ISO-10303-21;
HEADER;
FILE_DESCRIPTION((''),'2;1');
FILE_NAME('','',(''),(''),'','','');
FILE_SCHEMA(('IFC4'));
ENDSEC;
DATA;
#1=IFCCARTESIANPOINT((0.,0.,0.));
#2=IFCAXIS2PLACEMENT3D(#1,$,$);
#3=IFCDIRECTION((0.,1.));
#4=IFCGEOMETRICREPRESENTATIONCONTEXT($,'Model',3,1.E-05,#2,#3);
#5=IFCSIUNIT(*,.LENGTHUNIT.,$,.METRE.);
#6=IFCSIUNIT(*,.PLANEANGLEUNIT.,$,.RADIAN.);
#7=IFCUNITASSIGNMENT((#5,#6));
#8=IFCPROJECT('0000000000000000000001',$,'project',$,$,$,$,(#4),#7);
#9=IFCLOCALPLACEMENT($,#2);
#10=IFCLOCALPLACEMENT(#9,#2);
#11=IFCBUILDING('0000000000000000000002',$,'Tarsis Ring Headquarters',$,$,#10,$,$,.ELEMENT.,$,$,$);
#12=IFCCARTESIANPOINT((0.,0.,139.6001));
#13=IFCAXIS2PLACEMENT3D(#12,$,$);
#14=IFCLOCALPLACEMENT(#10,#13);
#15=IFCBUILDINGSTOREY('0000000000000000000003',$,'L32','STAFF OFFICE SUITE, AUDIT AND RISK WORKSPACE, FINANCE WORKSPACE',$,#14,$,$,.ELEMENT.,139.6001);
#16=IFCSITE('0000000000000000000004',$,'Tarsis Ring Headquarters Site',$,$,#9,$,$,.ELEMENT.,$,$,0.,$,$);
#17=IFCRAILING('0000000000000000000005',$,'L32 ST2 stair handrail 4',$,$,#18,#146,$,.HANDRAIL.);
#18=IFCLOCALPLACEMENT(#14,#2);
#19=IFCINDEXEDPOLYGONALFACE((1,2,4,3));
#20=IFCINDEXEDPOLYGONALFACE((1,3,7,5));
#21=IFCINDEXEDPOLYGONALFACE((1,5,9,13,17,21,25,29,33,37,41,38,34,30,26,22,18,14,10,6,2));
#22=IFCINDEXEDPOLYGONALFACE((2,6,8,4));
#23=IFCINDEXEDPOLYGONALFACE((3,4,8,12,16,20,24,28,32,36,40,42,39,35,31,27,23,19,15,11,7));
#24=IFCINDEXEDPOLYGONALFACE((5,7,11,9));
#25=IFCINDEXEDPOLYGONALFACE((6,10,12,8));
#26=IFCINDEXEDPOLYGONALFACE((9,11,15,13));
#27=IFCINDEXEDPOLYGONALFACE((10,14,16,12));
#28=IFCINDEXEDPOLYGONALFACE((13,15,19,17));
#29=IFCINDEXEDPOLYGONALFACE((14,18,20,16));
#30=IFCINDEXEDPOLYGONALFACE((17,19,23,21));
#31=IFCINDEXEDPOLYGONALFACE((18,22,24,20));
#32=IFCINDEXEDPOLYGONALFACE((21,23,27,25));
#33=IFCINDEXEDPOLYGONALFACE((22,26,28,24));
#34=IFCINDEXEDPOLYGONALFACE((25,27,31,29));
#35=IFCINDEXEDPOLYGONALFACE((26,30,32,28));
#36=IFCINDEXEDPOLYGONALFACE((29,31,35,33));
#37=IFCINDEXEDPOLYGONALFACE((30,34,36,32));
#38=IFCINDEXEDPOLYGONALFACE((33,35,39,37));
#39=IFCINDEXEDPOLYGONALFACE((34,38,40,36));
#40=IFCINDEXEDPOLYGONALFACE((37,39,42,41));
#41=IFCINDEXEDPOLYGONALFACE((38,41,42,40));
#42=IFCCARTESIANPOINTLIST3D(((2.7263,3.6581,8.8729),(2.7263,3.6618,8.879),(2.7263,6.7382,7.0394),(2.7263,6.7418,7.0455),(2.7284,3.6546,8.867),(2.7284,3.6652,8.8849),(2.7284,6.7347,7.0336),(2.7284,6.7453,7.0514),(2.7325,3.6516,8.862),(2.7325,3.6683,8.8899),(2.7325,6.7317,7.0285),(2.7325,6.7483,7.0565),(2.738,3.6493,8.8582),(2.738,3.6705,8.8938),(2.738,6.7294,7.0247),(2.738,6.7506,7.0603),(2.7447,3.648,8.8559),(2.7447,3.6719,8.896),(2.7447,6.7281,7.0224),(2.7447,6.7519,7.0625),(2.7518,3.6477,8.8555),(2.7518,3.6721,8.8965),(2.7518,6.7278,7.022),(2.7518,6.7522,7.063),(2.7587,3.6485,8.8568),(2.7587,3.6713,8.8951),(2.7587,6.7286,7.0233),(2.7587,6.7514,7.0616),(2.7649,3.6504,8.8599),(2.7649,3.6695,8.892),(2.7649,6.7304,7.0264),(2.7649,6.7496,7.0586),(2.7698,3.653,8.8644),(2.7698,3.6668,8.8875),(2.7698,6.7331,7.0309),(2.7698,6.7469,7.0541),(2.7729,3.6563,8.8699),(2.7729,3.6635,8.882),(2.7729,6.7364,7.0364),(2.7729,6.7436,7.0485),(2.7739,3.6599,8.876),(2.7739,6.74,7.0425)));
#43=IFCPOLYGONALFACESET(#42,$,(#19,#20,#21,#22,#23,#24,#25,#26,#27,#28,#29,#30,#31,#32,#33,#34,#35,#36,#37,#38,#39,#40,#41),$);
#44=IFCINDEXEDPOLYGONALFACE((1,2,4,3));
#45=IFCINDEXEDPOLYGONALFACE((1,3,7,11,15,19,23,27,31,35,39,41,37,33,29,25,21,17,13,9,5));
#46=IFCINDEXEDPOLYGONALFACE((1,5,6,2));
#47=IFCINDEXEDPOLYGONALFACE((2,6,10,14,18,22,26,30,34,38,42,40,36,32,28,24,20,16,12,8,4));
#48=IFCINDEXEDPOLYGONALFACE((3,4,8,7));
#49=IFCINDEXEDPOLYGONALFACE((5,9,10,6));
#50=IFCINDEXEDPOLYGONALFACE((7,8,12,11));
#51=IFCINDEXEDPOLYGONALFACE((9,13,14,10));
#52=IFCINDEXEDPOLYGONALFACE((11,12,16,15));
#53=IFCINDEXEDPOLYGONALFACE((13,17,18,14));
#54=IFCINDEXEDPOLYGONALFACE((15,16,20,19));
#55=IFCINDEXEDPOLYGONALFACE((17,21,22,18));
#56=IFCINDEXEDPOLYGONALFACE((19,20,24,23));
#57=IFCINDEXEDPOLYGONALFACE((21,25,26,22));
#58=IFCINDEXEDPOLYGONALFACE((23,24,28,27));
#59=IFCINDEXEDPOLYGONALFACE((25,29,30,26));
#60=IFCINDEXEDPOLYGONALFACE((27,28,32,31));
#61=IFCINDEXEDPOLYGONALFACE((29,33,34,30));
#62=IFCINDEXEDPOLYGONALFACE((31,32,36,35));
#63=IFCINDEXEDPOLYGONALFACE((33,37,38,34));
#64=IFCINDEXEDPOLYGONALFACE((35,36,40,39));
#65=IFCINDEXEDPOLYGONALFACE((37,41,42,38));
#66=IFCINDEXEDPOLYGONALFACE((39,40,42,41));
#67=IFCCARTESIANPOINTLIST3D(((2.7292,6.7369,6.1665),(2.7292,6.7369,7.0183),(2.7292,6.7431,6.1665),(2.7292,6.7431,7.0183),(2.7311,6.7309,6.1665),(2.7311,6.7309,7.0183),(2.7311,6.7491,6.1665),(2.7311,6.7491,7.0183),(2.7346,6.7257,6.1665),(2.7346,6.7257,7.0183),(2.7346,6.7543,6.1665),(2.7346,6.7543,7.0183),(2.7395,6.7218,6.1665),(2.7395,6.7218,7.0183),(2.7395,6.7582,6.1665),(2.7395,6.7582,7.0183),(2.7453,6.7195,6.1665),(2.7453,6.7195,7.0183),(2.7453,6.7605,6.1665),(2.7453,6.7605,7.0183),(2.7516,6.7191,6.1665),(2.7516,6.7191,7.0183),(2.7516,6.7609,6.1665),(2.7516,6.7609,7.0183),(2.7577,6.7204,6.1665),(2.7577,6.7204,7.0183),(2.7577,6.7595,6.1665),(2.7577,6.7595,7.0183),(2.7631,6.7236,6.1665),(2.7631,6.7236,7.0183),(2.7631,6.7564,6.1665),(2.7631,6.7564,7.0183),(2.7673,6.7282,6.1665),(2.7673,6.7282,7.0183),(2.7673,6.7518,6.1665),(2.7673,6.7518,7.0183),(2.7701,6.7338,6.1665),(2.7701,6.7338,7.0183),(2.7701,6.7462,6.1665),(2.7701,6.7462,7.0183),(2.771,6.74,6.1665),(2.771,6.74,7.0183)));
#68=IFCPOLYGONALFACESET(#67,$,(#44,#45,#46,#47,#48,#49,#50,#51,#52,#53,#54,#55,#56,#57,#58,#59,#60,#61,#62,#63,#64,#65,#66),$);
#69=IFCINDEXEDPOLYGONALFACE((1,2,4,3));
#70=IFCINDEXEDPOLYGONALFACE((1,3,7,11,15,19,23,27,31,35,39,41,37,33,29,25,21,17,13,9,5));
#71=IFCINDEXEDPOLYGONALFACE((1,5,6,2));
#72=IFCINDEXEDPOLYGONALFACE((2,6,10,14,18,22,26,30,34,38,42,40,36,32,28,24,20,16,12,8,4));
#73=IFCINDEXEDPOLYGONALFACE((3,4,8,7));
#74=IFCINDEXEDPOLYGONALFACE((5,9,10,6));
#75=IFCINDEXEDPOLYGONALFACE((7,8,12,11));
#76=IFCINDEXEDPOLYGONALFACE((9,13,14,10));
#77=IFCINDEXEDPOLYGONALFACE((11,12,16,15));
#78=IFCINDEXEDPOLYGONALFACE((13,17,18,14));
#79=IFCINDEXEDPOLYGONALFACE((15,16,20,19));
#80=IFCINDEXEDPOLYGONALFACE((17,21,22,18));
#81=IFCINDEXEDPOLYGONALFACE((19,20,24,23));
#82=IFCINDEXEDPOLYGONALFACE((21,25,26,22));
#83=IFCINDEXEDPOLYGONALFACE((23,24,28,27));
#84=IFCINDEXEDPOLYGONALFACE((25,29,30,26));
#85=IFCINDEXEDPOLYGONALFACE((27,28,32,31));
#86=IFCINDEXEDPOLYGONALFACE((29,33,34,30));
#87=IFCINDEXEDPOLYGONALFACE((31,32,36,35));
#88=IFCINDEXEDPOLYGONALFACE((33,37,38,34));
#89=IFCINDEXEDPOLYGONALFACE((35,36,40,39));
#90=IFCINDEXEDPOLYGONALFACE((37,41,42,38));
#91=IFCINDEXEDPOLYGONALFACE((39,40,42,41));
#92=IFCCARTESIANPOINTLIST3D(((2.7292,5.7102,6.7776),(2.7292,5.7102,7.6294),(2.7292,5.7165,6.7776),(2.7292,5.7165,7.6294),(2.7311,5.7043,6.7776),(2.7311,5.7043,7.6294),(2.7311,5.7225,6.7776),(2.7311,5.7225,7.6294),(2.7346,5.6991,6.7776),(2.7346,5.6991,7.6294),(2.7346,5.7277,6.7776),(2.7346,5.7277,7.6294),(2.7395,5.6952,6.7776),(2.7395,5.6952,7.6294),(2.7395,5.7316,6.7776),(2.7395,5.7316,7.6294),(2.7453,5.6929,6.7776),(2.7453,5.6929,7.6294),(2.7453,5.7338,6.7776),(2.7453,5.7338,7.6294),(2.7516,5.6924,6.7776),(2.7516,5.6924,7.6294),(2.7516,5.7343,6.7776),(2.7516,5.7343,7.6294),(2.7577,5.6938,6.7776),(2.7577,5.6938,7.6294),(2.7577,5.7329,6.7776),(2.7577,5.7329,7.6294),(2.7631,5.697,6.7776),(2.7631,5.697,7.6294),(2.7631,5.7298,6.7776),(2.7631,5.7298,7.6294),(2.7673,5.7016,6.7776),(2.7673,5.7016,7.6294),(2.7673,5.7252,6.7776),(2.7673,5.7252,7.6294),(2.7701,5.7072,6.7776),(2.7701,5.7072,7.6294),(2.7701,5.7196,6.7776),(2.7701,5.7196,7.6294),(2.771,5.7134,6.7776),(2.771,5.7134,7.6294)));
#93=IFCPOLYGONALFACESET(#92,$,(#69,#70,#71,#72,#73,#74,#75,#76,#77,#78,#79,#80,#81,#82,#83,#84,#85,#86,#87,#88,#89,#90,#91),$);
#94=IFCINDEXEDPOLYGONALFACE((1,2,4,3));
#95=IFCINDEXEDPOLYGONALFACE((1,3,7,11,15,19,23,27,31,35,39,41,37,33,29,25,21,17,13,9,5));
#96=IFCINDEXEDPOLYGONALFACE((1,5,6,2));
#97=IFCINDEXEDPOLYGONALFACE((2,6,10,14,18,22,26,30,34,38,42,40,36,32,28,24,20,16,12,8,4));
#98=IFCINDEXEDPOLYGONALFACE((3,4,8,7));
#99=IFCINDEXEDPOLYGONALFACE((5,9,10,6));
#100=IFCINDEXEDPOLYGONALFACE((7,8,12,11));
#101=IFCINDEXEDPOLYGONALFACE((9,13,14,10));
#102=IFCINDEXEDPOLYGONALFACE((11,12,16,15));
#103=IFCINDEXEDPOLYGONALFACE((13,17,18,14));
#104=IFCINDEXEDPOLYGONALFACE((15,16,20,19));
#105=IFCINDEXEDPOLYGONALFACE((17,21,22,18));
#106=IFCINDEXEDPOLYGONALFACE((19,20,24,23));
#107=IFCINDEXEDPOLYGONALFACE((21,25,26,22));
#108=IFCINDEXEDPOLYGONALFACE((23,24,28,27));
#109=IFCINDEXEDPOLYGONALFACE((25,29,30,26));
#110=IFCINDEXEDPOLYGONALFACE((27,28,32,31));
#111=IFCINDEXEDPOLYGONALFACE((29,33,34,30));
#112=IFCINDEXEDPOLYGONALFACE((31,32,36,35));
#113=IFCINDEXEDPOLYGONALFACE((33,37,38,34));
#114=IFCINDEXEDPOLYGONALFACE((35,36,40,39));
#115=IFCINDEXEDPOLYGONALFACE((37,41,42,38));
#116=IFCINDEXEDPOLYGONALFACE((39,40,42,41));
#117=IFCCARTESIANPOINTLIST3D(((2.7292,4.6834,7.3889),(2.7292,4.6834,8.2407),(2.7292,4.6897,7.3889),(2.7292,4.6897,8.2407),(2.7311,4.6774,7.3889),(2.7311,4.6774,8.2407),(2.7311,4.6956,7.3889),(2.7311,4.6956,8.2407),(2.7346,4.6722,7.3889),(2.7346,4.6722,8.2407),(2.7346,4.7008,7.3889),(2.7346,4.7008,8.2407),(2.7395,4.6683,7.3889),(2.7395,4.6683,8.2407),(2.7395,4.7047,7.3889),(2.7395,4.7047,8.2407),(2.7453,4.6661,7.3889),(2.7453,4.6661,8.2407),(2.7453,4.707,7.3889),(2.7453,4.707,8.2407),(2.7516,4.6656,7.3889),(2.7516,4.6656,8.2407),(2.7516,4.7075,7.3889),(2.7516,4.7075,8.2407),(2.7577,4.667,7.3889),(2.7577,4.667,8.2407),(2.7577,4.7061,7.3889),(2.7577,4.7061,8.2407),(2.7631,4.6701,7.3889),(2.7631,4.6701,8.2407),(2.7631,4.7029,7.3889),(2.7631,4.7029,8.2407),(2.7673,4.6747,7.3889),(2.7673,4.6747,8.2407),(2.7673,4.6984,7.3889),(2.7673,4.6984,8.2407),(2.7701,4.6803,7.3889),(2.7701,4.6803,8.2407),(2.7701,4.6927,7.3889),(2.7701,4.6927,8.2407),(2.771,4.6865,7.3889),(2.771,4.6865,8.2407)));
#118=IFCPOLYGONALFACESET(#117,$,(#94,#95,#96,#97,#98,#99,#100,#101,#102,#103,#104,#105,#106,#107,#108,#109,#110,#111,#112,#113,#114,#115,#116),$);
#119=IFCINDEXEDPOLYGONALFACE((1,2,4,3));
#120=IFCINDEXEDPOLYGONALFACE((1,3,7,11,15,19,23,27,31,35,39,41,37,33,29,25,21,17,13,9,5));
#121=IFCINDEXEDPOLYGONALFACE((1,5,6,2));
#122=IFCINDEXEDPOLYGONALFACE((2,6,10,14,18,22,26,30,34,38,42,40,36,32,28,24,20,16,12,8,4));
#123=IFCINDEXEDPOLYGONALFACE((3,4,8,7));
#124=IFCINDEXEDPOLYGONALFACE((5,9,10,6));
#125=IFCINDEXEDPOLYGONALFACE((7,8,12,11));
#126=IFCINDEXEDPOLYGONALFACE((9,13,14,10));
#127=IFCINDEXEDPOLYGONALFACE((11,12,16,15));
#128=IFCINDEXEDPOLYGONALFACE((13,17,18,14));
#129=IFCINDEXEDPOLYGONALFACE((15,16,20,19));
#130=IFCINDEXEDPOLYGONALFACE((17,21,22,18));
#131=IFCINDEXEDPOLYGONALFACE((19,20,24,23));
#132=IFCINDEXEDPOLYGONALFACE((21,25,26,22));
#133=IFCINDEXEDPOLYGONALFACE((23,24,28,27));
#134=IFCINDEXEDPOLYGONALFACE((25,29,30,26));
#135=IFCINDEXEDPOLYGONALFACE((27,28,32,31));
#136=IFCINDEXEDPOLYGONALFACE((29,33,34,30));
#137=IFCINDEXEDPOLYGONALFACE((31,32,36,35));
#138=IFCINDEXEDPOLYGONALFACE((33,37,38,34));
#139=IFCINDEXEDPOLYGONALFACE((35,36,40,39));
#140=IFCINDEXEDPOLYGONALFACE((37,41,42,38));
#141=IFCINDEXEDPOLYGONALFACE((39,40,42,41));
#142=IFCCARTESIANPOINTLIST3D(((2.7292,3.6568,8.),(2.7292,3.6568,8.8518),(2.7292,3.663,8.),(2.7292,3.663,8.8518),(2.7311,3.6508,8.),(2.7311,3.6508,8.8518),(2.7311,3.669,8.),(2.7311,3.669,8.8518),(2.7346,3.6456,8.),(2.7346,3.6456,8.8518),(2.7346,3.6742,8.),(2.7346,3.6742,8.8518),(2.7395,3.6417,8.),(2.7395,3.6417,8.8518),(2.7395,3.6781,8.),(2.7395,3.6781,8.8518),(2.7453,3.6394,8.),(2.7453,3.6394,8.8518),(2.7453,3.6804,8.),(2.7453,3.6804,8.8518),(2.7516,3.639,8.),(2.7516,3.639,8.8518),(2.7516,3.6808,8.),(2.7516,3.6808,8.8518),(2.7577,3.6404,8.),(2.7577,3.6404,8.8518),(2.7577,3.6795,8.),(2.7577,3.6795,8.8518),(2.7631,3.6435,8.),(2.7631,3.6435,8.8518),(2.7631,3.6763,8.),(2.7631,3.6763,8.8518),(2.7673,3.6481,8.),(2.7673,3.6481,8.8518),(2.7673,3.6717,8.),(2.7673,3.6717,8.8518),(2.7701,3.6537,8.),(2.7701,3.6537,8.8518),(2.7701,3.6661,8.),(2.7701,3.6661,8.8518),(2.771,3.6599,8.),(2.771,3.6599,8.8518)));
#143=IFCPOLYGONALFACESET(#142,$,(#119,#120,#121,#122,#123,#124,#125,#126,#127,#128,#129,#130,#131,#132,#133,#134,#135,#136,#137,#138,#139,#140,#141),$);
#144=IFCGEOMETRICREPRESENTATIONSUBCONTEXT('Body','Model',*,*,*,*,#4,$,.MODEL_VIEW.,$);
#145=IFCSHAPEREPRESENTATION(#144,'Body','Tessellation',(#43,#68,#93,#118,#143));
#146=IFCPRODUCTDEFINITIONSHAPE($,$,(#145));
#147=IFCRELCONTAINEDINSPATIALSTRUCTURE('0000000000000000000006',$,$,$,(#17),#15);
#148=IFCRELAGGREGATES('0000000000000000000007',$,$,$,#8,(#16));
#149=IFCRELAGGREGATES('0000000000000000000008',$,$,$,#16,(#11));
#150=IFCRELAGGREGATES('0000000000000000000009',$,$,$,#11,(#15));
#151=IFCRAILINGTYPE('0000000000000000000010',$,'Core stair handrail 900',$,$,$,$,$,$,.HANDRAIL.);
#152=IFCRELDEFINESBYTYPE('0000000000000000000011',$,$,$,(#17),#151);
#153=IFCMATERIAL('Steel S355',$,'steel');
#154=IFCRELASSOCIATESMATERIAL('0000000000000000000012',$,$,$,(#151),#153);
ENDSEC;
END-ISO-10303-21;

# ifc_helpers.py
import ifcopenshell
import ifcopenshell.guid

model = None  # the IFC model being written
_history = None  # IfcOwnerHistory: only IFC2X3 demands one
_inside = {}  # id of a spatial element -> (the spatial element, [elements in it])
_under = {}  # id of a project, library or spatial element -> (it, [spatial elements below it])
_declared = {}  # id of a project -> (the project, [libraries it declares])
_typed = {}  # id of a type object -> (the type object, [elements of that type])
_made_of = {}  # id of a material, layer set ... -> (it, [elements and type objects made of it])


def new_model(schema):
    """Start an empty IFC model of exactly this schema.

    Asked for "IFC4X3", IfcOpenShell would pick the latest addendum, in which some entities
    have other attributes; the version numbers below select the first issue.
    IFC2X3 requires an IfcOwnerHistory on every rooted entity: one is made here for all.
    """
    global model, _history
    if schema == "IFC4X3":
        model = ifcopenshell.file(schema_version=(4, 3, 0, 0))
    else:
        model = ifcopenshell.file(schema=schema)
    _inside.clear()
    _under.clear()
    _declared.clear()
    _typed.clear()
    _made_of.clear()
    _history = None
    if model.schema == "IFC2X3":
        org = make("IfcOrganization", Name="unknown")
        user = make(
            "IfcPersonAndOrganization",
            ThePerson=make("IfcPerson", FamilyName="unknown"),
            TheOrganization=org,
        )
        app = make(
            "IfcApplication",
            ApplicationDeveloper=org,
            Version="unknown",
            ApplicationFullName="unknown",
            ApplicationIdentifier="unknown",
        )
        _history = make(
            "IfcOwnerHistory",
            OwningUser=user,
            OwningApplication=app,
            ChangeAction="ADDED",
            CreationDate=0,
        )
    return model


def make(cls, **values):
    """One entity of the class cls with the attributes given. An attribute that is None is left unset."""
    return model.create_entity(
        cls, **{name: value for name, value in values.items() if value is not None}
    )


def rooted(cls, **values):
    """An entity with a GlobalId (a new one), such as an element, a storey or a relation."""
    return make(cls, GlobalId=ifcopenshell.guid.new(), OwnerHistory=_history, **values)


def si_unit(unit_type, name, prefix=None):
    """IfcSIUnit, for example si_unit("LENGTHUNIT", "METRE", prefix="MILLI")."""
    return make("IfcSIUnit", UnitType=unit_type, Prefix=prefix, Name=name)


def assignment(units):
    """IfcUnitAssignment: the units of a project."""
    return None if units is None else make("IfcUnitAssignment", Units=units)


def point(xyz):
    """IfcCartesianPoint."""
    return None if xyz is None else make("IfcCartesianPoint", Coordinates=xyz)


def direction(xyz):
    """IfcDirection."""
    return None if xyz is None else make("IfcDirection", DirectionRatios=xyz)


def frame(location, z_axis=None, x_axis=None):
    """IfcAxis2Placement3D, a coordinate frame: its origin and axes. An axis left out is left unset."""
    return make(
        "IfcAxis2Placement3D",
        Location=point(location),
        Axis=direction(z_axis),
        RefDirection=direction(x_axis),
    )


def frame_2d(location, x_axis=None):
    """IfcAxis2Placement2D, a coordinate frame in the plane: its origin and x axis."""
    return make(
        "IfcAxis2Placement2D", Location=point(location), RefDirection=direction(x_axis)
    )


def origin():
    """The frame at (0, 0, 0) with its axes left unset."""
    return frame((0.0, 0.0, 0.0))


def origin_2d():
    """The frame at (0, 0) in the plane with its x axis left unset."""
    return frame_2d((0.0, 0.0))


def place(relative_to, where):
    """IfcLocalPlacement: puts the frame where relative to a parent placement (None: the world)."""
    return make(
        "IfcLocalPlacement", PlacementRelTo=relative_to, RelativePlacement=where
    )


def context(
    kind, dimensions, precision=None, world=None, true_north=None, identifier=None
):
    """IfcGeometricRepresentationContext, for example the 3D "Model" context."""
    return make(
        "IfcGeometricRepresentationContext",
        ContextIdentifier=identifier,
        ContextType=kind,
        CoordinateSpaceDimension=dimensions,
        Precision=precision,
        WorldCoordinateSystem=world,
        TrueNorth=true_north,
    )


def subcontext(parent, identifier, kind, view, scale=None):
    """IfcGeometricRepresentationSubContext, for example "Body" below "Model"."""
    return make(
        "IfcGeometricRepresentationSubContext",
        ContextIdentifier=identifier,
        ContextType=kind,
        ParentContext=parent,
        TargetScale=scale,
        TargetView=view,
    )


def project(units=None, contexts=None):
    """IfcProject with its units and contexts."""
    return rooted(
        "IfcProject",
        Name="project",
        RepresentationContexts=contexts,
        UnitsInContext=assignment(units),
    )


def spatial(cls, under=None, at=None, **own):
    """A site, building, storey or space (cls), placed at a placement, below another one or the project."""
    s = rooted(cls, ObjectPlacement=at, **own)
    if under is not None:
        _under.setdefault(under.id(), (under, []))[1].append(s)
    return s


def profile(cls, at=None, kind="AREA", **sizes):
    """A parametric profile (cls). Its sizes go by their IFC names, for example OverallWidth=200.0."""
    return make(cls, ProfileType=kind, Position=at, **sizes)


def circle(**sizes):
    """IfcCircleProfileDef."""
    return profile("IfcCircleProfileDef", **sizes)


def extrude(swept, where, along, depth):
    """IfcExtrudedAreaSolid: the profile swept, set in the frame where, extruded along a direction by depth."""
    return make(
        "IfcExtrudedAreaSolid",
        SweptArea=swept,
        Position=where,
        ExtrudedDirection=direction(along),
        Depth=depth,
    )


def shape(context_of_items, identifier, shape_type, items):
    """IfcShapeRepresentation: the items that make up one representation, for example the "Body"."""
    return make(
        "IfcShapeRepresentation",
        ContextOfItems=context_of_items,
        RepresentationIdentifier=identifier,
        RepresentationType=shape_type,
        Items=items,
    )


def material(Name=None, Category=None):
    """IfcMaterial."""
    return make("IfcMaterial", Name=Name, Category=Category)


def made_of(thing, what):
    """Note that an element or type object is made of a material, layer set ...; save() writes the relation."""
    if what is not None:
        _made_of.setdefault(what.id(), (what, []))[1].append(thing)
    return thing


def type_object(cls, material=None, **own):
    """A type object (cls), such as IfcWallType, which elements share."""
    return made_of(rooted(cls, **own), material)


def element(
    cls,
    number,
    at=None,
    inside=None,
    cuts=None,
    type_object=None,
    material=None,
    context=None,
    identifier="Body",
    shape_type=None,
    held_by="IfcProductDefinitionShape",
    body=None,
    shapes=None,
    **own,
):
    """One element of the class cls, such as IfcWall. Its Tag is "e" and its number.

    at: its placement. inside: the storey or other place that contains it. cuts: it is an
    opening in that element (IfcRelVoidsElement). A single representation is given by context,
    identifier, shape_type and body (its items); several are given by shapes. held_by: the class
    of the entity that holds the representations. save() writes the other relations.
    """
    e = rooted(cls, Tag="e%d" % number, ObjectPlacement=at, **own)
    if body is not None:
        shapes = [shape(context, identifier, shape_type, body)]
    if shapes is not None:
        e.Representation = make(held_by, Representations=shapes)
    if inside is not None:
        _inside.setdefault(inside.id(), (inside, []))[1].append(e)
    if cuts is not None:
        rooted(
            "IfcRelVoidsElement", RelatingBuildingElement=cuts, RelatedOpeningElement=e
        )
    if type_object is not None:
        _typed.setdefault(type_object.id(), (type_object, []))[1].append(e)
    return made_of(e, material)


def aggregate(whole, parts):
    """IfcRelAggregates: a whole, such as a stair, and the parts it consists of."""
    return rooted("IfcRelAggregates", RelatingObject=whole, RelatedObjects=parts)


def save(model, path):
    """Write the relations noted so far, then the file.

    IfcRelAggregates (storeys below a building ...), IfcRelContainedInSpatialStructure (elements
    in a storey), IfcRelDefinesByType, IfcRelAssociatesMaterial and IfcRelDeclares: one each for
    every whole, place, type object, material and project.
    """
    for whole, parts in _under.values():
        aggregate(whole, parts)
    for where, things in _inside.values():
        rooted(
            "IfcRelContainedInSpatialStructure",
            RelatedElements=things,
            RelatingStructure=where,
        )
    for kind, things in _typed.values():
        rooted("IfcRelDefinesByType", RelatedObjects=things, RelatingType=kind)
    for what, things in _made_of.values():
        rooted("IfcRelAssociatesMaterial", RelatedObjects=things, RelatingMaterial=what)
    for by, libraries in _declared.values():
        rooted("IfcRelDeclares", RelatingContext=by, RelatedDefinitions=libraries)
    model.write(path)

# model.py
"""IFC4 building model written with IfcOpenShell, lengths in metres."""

from ifc_helpers import new_model, si_unit, direction, frame, origin, origin_2d, place, context, subcontext, project, spatial, circle, extrude, material, type_object, element, save


model = new_model("IFC4")

# Units and contexts
model_context = context("Model", 3, precision=1e-05, world=origin(), true_north=direction((0.0, 1.0)))
body_context = subcontext(model_context, "Body", "Model", "MODEL_VIEW")
ifc_project = project(units=[si_unit("LENGTHUNIT", "METRE"), si_unit("PLANEANGLEUNIT", "RADIAN")], contexts=[model_context])

# Site, building, storey
site_placement = place(None, origin())
site = spatial("IfcSite", under=ifc_project, at=site_placement, Name="Tarsis Ring Headquarters Site", CompositionType="ELEMENT", RefElevation=0.0)
building_placement = place(site_placement, origin())
building = spatial("IfcBuilding", under=site, at=building_placement, Name="Tarsis Ring Headquarters", CompositionType="ELEMENT")
storey_placement = place(building_placement, frame((0.0, 0.0, 139.6001)))
storey = spatial("IfcBuildingStorey", under=building, at=storey_placement, Name="L32", Description="STAFF OFFICE SUITE, AUDIT AND RISK WORKSPACE, FINANCE WORKSPACE", CompositionType="ELEMENT", Elevation=139.6001)

# Shared definitions
ifc_material_1 = material(Name="Steel S355", Category="steel")

# Railing
railing_type_1 = type_object("IfcRailingType", Name="Core stair handrail 900", PredefinedType="HANDRAIL", material=ifc_material_1)
railing_1_placement = place(storey_placement, frame((2.75, 6.74, 6.1665)))
element("IfcRailing", 1, at=railing_1_placement, inside=storey, type_object=railing_type_1, Name="L32 ST2 stair handrail 4", PredefinedType="HANDRAIL", context=body_context, shape_type="SweptSolid", body=[
    extrude(circle(Radius=0.0239, at=origin_2d()), frame((0.0, 0.0, 0.876), z_axis=(0.0, -0.859279, 0.511508), x_axis=(1.0, 0.0, 0.0)), (0.0, 0.0, 1.0), 3.5845),
    extrude(circle(Radius=0.021, at=origin_2d()), origin(), (0.0, 0.0, 1.0), 0.8518),
    extrude(circle(Radius=0.021, at=origin_2d()), frame((0.0, -1.0266, 0.6111)), (0.0, 0.0, 1.0), 0.8518),
    extrude(circle(Radius=0.021, at=origin_2d()), frame((0.0, -2.0535, 1.2224)), (0.0, 0.0, 1.0), 0.8518),
    extrude(circle(Radius=0.021, at=origin_2d()), frame((0.0, -3.0801, 1.8335)), (0.0, 0.0, 1.0), 0.8518),
])

save(model, "model.ifc")
